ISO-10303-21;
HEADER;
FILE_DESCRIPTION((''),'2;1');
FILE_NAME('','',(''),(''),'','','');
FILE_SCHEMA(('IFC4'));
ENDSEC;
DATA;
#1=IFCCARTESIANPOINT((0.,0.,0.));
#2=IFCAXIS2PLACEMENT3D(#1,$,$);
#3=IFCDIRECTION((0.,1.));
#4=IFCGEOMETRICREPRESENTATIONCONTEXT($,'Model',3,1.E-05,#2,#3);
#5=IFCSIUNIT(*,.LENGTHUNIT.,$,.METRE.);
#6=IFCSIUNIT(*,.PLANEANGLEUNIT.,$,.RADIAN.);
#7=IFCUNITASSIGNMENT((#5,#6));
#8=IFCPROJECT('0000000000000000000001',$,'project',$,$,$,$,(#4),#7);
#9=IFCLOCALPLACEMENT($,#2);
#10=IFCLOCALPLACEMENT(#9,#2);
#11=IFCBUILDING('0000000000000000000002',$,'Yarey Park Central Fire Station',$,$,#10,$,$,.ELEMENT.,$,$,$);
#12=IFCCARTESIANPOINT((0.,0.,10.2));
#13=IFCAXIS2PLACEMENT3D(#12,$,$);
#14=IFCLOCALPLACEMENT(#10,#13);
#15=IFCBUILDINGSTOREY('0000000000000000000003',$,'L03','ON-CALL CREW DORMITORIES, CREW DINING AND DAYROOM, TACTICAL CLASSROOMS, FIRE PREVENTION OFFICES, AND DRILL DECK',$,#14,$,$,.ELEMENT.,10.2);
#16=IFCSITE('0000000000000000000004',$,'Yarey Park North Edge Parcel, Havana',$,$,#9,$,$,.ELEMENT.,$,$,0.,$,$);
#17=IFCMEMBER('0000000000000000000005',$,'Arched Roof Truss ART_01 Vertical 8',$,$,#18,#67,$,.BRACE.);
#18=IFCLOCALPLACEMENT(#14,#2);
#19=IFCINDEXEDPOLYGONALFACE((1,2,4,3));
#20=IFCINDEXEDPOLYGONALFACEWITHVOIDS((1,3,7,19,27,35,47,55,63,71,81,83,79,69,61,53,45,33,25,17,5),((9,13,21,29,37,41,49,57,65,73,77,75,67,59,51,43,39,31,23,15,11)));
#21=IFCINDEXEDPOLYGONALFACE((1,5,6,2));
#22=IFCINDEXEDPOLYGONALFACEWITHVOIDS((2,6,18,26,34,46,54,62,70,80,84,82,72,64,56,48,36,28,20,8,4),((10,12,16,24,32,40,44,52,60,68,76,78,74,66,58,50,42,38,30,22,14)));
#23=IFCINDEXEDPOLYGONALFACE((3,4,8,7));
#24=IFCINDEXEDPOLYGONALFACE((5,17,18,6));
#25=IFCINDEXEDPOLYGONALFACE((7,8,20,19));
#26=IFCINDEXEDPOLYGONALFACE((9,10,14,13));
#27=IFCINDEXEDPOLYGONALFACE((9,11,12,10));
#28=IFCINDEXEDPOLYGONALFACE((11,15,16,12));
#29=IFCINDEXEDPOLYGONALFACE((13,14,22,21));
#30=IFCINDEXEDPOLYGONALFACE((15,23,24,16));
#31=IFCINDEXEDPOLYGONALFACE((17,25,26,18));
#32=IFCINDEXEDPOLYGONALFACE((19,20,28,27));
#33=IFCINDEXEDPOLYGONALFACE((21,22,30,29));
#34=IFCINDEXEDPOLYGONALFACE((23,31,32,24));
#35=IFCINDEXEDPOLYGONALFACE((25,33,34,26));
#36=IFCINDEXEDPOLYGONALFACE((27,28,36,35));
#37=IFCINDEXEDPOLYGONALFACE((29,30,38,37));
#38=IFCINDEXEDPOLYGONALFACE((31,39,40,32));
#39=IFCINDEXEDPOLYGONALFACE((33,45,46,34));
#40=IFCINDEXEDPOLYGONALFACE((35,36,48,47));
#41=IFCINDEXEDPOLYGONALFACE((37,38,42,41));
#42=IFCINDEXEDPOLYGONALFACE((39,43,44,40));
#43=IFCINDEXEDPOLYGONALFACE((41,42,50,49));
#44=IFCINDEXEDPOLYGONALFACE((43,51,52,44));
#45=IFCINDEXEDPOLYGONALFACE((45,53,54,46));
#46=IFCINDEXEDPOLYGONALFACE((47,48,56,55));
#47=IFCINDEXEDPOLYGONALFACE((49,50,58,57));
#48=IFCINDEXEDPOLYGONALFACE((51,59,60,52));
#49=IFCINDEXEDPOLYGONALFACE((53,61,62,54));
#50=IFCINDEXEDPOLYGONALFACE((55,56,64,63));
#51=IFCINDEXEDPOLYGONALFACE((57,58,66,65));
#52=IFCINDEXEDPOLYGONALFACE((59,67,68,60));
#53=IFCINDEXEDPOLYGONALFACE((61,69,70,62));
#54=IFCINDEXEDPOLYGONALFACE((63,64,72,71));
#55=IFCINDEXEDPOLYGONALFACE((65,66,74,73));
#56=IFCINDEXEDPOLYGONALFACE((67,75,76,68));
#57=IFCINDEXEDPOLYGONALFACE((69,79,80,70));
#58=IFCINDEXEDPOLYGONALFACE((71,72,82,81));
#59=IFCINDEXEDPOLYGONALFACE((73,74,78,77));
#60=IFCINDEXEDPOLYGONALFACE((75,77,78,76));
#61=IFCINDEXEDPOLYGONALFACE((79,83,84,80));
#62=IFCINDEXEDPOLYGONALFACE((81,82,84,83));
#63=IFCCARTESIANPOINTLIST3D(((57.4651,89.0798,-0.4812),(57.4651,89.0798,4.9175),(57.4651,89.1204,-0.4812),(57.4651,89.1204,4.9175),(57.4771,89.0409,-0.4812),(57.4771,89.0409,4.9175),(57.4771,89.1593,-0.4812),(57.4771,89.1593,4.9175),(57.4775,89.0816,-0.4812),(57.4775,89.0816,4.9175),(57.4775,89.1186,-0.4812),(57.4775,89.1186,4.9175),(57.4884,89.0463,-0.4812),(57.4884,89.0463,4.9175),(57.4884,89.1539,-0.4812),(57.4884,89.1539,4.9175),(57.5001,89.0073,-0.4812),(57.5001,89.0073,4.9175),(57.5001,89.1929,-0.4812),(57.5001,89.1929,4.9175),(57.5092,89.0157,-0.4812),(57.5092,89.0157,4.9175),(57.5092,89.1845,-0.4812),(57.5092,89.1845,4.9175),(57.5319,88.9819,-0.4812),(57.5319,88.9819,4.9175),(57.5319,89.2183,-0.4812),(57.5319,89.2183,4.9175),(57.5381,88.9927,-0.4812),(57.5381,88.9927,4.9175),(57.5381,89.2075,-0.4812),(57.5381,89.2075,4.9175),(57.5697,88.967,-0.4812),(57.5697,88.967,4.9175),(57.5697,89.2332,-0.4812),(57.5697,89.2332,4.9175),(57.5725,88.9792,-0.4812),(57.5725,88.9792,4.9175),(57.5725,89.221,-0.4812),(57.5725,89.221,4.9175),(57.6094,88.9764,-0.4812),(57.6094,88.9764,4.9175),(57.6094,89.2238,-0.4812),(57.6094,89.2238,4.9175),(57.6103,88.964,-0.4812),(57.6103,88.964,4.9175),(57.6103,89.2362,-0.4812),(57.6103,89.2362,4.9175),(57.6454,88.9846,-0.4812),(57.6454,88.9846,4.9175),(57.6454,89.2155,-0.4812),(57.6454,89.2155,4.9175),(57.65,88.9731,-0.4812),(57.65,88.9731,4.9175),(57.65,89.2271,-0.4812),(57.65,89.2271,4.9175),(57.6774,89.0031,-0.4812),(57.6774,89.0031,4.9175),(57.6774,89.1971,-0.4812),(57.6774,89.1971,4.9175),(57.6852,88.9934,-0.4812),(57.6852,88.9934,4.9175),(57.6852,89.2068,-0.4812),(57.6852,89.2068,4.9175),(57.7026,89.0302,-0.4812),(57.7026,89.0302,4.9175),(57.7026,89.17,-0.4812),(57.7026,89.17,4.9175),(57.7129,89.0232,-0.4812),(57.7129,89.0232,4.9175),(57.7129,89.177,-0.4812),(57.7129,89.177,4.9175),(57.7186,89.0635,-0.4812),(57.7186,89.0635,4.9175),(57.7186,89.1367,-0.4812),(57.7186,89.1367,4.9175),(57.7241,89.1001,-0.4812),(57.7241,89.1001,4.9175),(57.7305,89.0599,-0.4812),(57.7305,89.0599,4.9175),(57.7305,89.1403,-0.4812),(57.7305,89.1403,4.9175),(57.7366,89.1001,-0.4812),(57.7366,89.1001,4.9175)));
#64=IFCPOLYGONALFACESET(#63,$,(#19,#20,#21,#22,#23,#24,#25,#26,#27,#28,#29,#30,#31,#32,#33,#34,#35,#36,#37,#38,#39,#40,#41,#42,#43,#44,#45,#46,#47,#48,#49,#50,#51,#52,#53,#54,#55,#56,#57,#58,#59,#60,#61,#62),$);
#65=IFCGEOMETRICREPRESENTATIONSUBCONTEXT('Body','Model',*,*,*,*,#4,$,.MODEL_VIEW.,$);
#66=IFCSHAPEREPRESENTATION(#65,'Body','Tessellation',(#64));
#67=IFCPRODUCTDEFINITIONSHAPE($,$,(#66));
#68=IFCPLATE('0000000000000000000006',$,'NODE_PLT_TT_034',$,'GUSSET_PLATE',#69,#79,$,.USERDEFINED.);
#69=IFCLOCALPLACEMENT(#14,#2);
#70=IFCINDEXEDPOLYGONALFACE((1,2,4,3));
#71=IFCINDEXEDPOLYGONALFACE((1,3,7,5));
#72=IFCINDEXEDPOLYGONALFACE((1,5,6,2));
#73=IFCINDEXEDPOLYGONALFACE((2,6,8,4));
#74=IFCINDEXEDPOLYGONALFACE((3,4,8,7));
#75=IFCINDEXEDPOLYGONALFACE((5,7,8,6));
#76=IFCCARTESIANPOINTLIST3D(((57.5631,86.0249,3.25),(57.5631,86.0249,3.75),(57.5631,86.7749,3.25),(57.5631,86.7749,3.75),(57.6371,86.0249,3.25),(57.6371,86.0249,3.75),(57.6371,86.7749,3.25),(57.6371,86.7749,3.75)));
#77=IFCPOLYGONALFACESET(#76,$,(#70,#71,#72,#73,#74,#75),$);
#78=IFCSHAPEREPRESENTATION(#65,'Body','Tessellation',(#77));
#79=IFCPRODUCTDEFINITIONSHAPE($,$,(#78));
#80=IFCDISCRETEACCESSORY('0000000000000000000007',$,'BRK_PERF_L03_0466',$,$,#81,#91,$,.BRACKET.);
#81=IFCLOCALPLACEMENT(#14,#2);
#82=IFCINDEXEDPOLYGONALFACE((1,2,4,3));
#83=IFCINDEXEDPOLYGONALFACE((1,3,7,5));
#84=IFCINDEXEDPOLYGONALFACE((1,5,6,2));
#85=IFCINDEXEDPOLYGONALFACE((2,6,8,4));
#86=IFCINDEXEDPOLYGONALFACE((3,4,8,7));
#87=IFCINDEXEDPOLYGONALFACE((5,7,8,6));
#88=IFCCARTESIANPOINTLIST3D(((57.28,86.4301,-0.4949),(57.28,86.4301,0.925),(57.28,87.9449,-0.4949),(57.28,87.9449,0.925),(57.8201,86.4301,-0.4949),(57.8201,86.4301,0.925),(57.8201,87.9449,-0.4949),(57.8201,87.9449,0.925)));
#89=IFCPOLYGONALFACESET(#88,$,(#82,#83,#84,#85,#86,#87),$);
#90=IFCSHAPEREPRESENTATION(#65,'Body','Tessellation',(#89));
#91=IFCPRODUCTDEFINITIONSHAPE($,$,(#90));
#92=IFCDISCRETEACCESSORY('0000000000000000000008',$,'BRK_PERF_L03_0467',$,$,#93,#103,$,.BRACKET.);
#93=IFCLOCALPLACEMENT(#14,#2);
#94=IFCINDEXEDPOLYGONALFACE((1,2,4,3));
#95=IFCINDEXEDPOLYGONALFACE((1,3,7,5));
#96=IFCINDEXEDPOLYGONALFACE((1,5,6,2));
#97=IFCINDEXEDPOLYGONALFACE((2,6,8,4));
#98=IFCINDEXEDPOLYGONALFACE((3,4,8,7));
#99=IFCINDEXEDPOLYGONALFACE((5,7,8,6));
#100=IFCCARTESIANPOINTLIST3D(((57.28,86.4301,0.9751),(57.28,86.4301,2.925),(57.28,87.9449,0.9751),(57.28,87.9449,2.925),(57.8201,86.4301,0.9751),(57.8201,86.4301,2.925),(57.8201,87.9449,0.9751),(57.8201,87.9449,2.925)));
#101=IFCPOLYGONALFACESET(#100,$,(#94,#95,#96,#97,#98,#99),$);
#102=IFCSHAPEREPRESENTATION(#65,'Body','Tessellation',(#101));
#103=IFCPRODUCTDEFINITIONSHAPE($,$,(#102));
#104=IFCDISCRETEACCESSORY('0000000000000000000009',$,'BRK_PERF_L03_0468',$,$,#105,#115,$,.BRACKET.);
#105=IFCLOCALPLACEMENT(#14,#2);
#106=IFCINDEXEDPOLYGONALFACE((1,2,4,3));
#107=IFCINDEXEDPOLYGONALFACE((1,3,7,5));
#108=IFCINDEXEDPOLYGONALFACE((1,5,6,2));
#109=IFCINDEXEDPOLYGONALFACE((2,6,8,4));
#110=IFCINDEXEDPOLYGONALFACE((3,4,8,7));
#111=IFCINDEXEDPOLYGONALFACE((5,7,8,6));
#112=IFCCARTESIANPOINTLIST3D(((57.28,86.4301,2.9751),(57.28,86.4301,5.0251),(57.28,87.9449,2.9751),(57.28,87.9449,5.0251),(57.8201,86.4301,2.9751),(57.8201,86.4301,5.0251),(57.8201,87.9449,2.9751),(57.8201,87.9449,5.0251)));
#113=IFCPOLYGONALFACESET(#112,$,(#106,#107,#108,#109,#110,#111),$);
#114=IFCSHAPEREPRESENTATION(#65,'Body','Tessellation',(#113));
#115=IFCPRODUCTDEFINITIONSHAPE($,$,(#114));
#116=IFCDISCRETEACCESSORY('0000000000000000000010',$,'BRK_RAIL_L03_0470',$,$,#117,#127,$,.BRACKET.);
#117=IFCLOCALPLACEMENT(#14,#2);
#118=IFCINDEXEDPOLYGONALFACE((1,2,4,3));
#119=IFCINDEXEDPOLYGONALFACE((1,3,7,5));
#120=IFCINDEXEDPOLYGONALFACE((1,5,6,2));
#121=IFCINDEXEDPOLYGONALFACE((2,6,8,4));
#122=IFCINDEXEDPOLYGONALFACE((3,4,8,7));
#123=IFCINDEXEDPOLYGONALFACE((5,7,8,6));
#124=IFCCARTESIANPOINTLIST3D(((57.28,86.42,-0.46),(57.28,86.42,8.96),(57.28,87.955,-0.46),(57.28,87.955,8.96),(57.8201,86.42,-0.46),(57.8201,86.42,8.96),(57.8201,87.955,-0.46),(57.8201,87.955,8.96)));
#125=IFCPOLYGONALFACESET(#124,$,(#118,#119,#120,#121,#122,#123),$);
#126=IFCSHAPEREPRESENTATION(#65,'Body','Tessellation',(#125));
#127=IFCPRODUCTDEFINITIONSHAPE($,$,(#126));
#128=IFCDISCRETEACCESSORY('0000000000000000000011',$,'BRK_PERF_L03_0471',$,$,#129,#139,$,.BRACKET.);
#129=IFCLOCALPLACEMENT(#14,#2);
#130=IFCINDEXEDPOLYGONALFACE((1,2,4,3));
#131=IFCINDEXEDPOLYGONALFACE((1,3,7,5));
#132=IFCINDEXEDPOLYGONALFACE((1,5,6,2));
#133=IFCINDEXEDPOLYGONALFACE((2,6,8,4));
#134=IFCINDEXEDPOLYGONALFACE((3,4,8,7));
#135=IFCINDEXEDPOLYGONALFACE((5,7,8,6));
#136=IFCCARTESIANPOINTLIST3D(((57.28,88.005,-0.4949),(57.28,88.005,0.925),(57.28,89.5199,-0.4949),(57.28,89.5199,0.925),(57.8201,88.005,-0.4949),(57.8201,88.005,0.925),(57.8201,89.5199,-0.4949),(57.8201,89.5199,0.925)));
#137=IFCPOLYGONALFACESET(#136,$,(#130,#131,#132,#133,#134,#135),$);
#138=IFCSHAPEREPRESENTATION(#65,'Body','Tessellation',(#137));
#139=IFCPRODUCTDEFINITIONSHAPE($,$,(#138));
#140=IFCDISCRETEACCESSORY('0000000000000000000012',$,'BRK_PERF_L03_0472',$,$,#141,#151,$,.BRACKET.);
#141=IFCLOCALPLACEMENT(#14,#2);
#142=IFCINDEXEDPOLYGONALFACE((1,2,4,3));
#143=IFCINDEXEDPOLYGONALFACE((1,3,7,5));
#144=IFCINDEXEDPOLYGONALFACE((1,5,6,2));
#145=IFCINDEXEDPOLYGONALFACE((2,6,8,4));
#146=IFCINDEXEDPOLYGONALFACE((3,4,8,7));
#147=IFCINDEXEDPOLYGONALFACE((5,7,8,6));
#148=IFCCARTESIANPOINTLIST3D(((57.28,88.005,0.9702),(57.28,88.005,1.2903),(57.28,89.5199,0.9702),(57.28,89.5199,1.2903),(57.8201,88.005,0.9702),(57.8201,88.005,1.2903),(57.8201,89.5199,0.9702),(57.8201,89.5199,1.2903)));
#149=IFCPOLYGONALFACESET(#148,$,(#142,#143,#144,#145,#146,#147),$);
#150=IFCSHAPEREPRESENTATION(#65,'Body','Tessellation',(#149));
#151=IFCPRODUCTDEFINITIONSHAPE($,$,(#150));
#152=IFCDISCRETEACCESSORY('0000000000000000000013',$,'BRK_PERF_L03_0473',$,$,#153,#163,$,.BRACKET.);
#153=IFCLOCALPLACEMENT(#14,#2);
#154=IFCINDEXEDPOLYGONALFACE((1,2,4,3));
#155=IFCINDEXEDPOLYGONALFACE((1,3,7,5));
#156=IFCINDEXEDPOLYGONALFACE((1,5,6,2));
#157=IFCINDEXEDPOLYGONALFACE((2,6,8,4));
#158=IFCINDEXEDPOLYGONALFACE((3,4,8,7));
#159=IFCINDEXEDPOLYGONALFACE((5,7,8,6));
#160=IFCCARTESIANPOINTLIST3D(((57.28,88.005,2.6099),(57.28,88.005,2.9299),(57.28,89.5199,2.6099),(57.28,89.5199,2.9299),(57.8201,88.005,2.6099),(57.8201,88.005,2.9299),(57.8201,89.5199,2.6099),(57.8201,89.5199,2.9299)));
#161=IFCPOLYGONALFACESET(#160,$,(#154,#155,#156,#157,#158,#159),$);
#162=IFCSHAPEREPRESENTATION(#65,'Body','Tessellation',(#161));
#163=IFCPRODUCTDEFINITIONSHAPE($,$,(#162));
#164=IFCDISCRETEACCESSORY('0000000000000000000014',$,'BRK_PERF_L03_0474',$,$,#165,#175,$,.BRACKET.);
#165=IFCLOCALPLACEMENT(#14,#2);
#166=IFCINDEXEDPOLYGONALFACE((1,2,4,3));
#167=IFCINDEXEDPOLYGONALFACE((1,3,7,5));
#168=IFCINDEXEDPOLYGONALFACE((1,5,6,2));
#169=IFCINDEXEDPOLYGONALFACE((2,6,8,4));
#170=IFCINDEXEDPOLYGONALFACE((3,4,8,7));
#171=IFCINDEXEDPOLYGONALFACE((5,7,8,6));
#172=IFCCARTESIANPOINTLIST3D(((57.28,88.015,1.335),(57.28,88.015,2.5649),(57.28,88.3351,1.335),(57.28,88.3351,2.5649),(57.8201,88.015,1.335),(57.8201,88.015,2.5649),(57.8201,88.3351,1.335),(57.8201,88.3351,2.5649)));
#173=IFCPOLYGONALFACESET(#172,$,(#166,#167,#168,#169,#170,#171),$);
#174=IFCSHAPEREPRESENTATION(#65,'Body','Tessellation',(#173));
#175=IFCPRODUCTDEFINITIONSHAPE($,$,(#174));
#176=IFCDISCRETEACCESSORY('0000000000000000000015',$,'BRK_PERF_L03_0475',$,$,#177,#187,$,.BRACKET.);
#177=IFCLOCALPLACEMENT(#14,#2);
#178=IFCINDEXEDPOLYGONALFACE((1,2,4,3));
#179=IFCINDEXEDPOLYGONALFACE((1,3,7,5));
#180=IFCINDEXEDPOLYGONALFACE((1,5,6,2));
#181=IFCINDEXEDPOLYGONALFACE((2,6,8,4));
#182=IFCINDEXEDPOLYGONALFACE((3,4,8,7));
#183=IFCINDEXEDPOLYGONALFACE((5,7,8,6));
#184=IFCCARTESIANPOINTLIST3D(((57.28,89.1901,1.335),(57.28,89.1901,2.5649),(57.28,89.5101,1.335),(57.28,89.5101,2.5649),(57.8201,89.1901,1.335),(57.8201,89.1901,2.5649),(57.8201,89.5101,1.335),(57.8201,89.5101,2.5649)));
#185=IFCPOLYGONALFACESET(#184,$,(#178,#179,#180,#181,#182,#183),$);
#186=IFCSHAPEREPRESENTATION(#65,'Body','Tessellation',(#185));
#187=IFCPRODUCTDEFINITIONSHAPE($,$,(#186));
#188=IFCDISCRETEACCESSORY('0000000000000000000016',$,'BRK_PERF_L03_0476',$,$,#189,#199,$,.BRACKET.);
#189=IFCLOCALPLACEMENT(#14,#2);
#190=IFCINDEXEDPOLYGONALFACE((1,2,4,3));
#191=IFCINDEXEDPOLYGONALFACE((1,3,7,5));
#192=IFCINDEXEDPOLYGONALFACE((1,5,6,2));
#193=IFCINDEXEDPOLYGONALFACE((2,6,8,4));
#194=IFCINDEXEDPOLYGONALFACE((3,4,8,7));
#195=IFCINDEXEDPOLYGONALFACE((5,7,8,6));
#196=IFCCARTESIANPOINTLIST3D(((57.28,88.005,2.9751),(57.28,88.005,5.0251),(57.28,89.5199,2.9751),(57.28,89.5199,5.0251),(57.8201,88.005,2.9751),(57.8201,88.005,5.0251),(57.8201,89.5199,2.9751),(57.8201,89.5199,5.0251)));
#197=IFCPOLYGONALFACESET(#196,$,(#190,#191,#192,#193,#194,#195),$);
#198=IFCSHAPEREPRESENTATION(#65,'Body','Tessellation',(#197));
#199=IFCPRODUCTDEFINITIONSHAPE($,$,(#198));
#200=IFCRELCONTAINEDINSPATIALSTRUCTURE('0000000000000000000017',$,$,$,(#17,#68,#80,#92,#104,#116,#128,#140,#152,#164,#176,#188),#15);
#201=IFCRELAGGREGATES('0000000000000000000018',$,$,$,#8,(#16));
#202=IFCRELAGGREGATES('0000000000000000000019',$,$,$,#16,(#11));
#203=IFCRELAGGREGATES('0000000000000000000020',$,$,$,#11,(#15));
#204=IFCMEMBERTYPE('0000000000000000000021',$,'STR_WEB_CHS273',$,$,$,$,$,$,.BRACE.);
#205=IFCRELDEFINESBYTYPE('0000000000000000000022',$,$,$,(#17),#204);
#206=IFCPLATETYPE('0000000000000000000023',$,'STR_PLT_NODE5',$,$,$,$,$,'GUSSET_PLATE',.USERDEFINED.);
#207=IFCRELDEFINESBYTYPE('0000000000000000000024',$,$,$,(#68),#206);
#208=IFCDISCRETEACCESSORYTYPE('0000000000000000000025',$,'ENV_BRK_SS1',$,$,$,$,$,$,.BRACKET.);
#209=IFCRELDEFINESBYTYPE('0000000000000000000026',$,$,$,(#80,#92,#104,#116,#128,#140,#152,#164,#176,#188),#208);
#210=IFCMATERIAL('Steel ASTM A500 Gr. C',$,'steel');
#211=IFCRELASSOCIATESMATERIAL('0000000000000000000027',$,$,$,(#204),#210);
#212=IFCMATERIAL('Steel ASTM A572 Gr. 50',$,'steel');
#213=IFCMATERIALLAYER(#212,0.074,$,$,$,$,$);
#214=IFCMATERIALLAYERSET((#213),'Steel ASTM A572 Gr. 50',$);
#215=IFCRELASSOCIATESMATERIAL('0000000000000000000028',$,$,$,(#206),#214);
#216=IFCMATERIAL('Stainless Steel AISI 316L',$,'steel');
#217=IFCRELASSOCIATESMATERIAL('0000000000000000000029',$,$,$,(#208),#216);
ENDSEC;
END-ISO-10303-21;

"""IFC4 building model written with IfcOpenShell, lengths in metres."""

from ifc_helpers import new_model, si_unit, direction, frame, origin, origin_2d, place, context, subcontext, project, spatial, rectangle, hollow_circle, extrude, material, layer, layer_set, material_profile, profile_set, type_object, element, save


model = new_model("IFC4")

# Units and contexts
model_context = context("Model", 3, precision=1e-05, world=origin(), true_north=direction((0.0, 1.0)))
body_context = subcontext(model_context, "Body", "Model", "MODEL_VIEW")
ifc_project = project(units=[si_unit("LENGTHUNIT", "METRE"), si_unit("PLANEANGLEUNIT", "RADIAN")], contexts=[model_context])

# Site, building, storey
site_placement = place(None, origin())
site = spatial("IfcSite", under=ifc_project, at=site_placement, Name="Yarey Park North Edge Parcel, Havana", CompositionType="ELEMENT", RefElevation=0.0)
building_placement = place(site_placement, origin())
building = spatial("IfcBuilding", under=site, at=building_placement, Name="Yarey Park Central Fire Station", CompositionType="ELEMENT")
storey_placement = place(building_placement, frame((0.0, 0.0, 10.2)))
storey = spatial("IfcBuildingStorey", under=building, at=storey_placement, Name="L03", Description="ON-CALL CREW DORMITORIES, CREW DINING AND DAYROOM, TACTICAL CLASSROOMS, FIRE PREVENTION OFFICES, AND DRILL DECK", CompositionType="ELEMENT", Elevation=10.2)

# Shared definitions
ifc_material_1 = material(Name="Steel ASTM A500 Gr. C", Category="steel")

# Member
ifc_material_profile_1 = material_profile(ifc_material_1, hollow_circle(Radius=0.1365, WallThickness=0.0125, at=origin_2d()), Name="CHS 273x12.5")
ifc_profile_set_1 = profile_set([ifc_material_profile_1], Name="Steel ASTM A500 Gr. C")
member_type_1 = type_object("IfcMemberType", Name="STR_WEB_CHS273", PredefinedType="BRACE", material=ifc_profile_set_1)
member_1_placement = place(storey_placement, frame((57.6001, 89.1001, -0.4812), z_axis=(0.0, 0.0, 1.0), x_axis=(1.0, 0.0, 0.0)))
element("IfcMember", 1, at=member_1_placement, inside=storey, type_object=member_type_1, Name="Arched Roof Truss ART_01 Vertical 8", PredefinedType="BRACE", context=body_context, shape_type="SweptSolid", body=[
    extrude(hollow_circle(Radius=0.1365, WallThickness=0.0125, at=origin_2d()), origin(), (0.0, 0.0, 1.0), 5.3987),
])

# Plate
ifc_material_2 = material(Name="Steel ASTM A572 Gr. 50", Category="steel")
ifc_layer = layer(ifc_material_2, 0.074)
ifc_layer_set = layer_set([ifc_layer], Name="Steel ASTM A572 Gr. 50")
plate_type = type_object("IfcPlateType", Name="STR_PLT_NODE5", ElementType="GUSSET_PLATE", PredefinedType="USERDEFINED", material=ifc_layer_set)
plate_placement = place(storey_placement, frame((57.6001, 86.3999, 3.25), z_axis=(0.0, 0.0, 1.0), x_axis=(1.0, 0.0, 0.0)))
element("IfcPlate", 2, at=plate_placement, inside=storey, type_object=plate_type, Name="NODE_PLT_TT_034", ObjectType="GUSSET_PLATE", PredefinedType="USERDEFINED", context=body_context, shape_type="SweptSolid", body=[
    extrude(rectangle(XDim=0.074, YDim=0.75, at=origin_2d()), origin(), (0.0, 0.0, 1.0), 0.5),
])

# Discrete accessories
ifc_material_3 = material(Name="Stainless Steel AISI 316L", Category="steel")
discrete_accessory_type = type_object("IfcDiscreteAccessoryType", Name="ENV_BRK_SS1", PredefinedType="BRACKET", material=ifc_material_3)
discrete_accessory_1_placement = place(storey_placement, frame((57.55, 87.1875, -0.4949), z_axis=(0.0, 0.0, 1.0), x_axis=(1.0, 0.0, 0.0)))
element("IfcDiscreteAccessory", 3, at=discrete_accessory_1_placement, inside=storey, type_object=discrete_accessory_type, Name="BRK_PERF_L03_0466", PredefinedType="BRACKET", context=body_context, shape_type="SweptSolid", body=[
    extrude(rectangle(XDim=0.54, YDim=1.5149, at=origin_2d()), origin(), (0.0, 0.0, 1.0), 1.4199),
])
discrete_accessory_2_placement = place(storey_placement, frame((57.55, 87.1875, 0.9751), z_axis=(0.0, 0.0, 1.0), x_axis=(1.0, 0.0, 0.0)))
element("IfcDiscreteAccessory", 4, at=discrete_accessory_2_placement, inside=storey, type_object=discrete_accessory_type, Name="BRK_PERF_L03_0467", PredefinedType="BRACKET", context=body_context, shape_type="SweptSolid", body=[
    extrude(rectangle(XDim=0.54, YDim=1.5149, at=origin_2d()), origin(), (0.0, 0.0, 1.0), 1.95),
])
discrete_accessory_3_placement = place(storey_placement, frame((57.55, 87.1875, 2.9751), z_axis=(0.0, 0.0, 1.0), x_axis=(1.0, 0.0, 0.0)))
element("IfcDiscreteAccessory", 5, at=discrete_accessory_3_placement, inside=storey, type_object=discrete_accessory_type, Name="BRK_PERF_L03_0468", PredefinedType="BRACKET", context=body_context, shape_type="SweptSolid", body=[
    extrude(rectangle(XDim=0.54, YDim=1.5149, at=origin_2d()), origin(), (0.0, 0.0, 1.0), 2.05),
])
discrete_accessory_4_placement = place(storey_placement, frame((57.55, 87.1875, -0.46), z_axis=(0.0, 0.0, 1.0), x_axis=(1.0, 0.0, 0.0)))
element("IfcDiscreteAccessory", 6, at=discrete_accessory_4_placement, inside=storey, type_object=discrete_accessory_type, Name="BRK_RAIL_L03_0470", PredefinedType="BRACKET", context=body_context, shape_type="SweptSolid", body=[
    extrude(rectangle(XDim=0.54, YDim=1.5349, at=origin_2d()), origin(), (0.0, 0.0, 1.0), 9.4199),
])
discrete_accessory_5_placement = place(storey_placement, frame((57.55, 88.7625, -0.4949), z_axis=(0.0, 0.0, 1.0), x_axis=(1.0, 0.0, 0.0)))
element("IfcDiscreteAccessory", 7, at=discrete_accessory_5_placement, inside=storey, type_object=discrete_accessory_type, Name="BRK_PERF_L03_0471", PredefinedType="BRACKET", context=body_context, shape_type="SweptSolid", body=[
    extrude(rectangle(XDim=0.54, YDim=1.5149, at=origin_2d()), origin(), (0.0, 0.0, 1.0), 1.4199),
])
for number, where, z_axis, x_axis, name in (
    (8, (57.55, 88.7625, 0.9702), (0.0, 0.0, 1.0), (1.0, 0.0, 0.0), "BRK_PERF_L03_0472"),
    (9, (57.55, 88.7625, 2.6099), (0.0, 0.0, 1.0), (1.0, 0.0, 0.0), "BRK_PERF_L03_0473"),
):
    element("IfcDiscreteAccessory", number, at=place(storey_placement, frame(where, z_axis=z_axis, x_axis=x_axis)), inside=storey, type_object=discrete_accessory_type, Name=name, PredefinedType="BRACKET", context=body_context, shape_type="SweptSolid", body=[
        extrude(rectangle(XDim=0.54, YDim=1.5149, at=origin_2d()), origin(), (0.0, 0.0, 1.0), 0.3201),
    ])
for number, where, z_axis, x_axis, name in (
    (10, (57.55, 88.175, 1.335), (0.0, 0.0, 1.0), (1.0, 0.0, 0.0), "BRK_PERF_L03_0474"),
    (11, (57.55, 89.3501, 1.335), (0.0, 0.0, 1.0), (1.0, 0.0, 0.0), "BRK_PERF_L03_0475"),
):
    element("IfcDiscreteAccessory", number, at=place(storey_placement, frame(where, z_axis=z_axis, x_axis=x_axis)), inside=storey, type_object=discrete_accessory_type, Name=name, PredefinedType="BRACKET", context=body_context, shape_type="SweptSolid", body=[
        extrude(rectangle(XDim=0.54, YDim=0.3201, at=origin_2d()), origin(), (0.0, 0.0, 1.0), 1.23),
    ])
discrete_accessory_6_placement = place(storey_placement, frame((57.55, 88.7625, 2.9751), z_axis=(0.0, 0.0, 1.0), x_axis=(1.0, 0.0, 0.0)))
element("IfcDiscreteAccessory", 12, at=discrete_accessory_6_placement, inside=storey, type_object=discrete_accessory_type, Name="BRK_PERF_L03_0476", PredefinedType="BRACKET", context=body_context, shape_type="SweptSolid", body=[
    extrude(rectangle(XDim=0.54, YDim=1.5149, at=origin_2d()), origin(), (0.0, 0.0, 1.0), 2.05),
])

save(model, "model.ifc")
